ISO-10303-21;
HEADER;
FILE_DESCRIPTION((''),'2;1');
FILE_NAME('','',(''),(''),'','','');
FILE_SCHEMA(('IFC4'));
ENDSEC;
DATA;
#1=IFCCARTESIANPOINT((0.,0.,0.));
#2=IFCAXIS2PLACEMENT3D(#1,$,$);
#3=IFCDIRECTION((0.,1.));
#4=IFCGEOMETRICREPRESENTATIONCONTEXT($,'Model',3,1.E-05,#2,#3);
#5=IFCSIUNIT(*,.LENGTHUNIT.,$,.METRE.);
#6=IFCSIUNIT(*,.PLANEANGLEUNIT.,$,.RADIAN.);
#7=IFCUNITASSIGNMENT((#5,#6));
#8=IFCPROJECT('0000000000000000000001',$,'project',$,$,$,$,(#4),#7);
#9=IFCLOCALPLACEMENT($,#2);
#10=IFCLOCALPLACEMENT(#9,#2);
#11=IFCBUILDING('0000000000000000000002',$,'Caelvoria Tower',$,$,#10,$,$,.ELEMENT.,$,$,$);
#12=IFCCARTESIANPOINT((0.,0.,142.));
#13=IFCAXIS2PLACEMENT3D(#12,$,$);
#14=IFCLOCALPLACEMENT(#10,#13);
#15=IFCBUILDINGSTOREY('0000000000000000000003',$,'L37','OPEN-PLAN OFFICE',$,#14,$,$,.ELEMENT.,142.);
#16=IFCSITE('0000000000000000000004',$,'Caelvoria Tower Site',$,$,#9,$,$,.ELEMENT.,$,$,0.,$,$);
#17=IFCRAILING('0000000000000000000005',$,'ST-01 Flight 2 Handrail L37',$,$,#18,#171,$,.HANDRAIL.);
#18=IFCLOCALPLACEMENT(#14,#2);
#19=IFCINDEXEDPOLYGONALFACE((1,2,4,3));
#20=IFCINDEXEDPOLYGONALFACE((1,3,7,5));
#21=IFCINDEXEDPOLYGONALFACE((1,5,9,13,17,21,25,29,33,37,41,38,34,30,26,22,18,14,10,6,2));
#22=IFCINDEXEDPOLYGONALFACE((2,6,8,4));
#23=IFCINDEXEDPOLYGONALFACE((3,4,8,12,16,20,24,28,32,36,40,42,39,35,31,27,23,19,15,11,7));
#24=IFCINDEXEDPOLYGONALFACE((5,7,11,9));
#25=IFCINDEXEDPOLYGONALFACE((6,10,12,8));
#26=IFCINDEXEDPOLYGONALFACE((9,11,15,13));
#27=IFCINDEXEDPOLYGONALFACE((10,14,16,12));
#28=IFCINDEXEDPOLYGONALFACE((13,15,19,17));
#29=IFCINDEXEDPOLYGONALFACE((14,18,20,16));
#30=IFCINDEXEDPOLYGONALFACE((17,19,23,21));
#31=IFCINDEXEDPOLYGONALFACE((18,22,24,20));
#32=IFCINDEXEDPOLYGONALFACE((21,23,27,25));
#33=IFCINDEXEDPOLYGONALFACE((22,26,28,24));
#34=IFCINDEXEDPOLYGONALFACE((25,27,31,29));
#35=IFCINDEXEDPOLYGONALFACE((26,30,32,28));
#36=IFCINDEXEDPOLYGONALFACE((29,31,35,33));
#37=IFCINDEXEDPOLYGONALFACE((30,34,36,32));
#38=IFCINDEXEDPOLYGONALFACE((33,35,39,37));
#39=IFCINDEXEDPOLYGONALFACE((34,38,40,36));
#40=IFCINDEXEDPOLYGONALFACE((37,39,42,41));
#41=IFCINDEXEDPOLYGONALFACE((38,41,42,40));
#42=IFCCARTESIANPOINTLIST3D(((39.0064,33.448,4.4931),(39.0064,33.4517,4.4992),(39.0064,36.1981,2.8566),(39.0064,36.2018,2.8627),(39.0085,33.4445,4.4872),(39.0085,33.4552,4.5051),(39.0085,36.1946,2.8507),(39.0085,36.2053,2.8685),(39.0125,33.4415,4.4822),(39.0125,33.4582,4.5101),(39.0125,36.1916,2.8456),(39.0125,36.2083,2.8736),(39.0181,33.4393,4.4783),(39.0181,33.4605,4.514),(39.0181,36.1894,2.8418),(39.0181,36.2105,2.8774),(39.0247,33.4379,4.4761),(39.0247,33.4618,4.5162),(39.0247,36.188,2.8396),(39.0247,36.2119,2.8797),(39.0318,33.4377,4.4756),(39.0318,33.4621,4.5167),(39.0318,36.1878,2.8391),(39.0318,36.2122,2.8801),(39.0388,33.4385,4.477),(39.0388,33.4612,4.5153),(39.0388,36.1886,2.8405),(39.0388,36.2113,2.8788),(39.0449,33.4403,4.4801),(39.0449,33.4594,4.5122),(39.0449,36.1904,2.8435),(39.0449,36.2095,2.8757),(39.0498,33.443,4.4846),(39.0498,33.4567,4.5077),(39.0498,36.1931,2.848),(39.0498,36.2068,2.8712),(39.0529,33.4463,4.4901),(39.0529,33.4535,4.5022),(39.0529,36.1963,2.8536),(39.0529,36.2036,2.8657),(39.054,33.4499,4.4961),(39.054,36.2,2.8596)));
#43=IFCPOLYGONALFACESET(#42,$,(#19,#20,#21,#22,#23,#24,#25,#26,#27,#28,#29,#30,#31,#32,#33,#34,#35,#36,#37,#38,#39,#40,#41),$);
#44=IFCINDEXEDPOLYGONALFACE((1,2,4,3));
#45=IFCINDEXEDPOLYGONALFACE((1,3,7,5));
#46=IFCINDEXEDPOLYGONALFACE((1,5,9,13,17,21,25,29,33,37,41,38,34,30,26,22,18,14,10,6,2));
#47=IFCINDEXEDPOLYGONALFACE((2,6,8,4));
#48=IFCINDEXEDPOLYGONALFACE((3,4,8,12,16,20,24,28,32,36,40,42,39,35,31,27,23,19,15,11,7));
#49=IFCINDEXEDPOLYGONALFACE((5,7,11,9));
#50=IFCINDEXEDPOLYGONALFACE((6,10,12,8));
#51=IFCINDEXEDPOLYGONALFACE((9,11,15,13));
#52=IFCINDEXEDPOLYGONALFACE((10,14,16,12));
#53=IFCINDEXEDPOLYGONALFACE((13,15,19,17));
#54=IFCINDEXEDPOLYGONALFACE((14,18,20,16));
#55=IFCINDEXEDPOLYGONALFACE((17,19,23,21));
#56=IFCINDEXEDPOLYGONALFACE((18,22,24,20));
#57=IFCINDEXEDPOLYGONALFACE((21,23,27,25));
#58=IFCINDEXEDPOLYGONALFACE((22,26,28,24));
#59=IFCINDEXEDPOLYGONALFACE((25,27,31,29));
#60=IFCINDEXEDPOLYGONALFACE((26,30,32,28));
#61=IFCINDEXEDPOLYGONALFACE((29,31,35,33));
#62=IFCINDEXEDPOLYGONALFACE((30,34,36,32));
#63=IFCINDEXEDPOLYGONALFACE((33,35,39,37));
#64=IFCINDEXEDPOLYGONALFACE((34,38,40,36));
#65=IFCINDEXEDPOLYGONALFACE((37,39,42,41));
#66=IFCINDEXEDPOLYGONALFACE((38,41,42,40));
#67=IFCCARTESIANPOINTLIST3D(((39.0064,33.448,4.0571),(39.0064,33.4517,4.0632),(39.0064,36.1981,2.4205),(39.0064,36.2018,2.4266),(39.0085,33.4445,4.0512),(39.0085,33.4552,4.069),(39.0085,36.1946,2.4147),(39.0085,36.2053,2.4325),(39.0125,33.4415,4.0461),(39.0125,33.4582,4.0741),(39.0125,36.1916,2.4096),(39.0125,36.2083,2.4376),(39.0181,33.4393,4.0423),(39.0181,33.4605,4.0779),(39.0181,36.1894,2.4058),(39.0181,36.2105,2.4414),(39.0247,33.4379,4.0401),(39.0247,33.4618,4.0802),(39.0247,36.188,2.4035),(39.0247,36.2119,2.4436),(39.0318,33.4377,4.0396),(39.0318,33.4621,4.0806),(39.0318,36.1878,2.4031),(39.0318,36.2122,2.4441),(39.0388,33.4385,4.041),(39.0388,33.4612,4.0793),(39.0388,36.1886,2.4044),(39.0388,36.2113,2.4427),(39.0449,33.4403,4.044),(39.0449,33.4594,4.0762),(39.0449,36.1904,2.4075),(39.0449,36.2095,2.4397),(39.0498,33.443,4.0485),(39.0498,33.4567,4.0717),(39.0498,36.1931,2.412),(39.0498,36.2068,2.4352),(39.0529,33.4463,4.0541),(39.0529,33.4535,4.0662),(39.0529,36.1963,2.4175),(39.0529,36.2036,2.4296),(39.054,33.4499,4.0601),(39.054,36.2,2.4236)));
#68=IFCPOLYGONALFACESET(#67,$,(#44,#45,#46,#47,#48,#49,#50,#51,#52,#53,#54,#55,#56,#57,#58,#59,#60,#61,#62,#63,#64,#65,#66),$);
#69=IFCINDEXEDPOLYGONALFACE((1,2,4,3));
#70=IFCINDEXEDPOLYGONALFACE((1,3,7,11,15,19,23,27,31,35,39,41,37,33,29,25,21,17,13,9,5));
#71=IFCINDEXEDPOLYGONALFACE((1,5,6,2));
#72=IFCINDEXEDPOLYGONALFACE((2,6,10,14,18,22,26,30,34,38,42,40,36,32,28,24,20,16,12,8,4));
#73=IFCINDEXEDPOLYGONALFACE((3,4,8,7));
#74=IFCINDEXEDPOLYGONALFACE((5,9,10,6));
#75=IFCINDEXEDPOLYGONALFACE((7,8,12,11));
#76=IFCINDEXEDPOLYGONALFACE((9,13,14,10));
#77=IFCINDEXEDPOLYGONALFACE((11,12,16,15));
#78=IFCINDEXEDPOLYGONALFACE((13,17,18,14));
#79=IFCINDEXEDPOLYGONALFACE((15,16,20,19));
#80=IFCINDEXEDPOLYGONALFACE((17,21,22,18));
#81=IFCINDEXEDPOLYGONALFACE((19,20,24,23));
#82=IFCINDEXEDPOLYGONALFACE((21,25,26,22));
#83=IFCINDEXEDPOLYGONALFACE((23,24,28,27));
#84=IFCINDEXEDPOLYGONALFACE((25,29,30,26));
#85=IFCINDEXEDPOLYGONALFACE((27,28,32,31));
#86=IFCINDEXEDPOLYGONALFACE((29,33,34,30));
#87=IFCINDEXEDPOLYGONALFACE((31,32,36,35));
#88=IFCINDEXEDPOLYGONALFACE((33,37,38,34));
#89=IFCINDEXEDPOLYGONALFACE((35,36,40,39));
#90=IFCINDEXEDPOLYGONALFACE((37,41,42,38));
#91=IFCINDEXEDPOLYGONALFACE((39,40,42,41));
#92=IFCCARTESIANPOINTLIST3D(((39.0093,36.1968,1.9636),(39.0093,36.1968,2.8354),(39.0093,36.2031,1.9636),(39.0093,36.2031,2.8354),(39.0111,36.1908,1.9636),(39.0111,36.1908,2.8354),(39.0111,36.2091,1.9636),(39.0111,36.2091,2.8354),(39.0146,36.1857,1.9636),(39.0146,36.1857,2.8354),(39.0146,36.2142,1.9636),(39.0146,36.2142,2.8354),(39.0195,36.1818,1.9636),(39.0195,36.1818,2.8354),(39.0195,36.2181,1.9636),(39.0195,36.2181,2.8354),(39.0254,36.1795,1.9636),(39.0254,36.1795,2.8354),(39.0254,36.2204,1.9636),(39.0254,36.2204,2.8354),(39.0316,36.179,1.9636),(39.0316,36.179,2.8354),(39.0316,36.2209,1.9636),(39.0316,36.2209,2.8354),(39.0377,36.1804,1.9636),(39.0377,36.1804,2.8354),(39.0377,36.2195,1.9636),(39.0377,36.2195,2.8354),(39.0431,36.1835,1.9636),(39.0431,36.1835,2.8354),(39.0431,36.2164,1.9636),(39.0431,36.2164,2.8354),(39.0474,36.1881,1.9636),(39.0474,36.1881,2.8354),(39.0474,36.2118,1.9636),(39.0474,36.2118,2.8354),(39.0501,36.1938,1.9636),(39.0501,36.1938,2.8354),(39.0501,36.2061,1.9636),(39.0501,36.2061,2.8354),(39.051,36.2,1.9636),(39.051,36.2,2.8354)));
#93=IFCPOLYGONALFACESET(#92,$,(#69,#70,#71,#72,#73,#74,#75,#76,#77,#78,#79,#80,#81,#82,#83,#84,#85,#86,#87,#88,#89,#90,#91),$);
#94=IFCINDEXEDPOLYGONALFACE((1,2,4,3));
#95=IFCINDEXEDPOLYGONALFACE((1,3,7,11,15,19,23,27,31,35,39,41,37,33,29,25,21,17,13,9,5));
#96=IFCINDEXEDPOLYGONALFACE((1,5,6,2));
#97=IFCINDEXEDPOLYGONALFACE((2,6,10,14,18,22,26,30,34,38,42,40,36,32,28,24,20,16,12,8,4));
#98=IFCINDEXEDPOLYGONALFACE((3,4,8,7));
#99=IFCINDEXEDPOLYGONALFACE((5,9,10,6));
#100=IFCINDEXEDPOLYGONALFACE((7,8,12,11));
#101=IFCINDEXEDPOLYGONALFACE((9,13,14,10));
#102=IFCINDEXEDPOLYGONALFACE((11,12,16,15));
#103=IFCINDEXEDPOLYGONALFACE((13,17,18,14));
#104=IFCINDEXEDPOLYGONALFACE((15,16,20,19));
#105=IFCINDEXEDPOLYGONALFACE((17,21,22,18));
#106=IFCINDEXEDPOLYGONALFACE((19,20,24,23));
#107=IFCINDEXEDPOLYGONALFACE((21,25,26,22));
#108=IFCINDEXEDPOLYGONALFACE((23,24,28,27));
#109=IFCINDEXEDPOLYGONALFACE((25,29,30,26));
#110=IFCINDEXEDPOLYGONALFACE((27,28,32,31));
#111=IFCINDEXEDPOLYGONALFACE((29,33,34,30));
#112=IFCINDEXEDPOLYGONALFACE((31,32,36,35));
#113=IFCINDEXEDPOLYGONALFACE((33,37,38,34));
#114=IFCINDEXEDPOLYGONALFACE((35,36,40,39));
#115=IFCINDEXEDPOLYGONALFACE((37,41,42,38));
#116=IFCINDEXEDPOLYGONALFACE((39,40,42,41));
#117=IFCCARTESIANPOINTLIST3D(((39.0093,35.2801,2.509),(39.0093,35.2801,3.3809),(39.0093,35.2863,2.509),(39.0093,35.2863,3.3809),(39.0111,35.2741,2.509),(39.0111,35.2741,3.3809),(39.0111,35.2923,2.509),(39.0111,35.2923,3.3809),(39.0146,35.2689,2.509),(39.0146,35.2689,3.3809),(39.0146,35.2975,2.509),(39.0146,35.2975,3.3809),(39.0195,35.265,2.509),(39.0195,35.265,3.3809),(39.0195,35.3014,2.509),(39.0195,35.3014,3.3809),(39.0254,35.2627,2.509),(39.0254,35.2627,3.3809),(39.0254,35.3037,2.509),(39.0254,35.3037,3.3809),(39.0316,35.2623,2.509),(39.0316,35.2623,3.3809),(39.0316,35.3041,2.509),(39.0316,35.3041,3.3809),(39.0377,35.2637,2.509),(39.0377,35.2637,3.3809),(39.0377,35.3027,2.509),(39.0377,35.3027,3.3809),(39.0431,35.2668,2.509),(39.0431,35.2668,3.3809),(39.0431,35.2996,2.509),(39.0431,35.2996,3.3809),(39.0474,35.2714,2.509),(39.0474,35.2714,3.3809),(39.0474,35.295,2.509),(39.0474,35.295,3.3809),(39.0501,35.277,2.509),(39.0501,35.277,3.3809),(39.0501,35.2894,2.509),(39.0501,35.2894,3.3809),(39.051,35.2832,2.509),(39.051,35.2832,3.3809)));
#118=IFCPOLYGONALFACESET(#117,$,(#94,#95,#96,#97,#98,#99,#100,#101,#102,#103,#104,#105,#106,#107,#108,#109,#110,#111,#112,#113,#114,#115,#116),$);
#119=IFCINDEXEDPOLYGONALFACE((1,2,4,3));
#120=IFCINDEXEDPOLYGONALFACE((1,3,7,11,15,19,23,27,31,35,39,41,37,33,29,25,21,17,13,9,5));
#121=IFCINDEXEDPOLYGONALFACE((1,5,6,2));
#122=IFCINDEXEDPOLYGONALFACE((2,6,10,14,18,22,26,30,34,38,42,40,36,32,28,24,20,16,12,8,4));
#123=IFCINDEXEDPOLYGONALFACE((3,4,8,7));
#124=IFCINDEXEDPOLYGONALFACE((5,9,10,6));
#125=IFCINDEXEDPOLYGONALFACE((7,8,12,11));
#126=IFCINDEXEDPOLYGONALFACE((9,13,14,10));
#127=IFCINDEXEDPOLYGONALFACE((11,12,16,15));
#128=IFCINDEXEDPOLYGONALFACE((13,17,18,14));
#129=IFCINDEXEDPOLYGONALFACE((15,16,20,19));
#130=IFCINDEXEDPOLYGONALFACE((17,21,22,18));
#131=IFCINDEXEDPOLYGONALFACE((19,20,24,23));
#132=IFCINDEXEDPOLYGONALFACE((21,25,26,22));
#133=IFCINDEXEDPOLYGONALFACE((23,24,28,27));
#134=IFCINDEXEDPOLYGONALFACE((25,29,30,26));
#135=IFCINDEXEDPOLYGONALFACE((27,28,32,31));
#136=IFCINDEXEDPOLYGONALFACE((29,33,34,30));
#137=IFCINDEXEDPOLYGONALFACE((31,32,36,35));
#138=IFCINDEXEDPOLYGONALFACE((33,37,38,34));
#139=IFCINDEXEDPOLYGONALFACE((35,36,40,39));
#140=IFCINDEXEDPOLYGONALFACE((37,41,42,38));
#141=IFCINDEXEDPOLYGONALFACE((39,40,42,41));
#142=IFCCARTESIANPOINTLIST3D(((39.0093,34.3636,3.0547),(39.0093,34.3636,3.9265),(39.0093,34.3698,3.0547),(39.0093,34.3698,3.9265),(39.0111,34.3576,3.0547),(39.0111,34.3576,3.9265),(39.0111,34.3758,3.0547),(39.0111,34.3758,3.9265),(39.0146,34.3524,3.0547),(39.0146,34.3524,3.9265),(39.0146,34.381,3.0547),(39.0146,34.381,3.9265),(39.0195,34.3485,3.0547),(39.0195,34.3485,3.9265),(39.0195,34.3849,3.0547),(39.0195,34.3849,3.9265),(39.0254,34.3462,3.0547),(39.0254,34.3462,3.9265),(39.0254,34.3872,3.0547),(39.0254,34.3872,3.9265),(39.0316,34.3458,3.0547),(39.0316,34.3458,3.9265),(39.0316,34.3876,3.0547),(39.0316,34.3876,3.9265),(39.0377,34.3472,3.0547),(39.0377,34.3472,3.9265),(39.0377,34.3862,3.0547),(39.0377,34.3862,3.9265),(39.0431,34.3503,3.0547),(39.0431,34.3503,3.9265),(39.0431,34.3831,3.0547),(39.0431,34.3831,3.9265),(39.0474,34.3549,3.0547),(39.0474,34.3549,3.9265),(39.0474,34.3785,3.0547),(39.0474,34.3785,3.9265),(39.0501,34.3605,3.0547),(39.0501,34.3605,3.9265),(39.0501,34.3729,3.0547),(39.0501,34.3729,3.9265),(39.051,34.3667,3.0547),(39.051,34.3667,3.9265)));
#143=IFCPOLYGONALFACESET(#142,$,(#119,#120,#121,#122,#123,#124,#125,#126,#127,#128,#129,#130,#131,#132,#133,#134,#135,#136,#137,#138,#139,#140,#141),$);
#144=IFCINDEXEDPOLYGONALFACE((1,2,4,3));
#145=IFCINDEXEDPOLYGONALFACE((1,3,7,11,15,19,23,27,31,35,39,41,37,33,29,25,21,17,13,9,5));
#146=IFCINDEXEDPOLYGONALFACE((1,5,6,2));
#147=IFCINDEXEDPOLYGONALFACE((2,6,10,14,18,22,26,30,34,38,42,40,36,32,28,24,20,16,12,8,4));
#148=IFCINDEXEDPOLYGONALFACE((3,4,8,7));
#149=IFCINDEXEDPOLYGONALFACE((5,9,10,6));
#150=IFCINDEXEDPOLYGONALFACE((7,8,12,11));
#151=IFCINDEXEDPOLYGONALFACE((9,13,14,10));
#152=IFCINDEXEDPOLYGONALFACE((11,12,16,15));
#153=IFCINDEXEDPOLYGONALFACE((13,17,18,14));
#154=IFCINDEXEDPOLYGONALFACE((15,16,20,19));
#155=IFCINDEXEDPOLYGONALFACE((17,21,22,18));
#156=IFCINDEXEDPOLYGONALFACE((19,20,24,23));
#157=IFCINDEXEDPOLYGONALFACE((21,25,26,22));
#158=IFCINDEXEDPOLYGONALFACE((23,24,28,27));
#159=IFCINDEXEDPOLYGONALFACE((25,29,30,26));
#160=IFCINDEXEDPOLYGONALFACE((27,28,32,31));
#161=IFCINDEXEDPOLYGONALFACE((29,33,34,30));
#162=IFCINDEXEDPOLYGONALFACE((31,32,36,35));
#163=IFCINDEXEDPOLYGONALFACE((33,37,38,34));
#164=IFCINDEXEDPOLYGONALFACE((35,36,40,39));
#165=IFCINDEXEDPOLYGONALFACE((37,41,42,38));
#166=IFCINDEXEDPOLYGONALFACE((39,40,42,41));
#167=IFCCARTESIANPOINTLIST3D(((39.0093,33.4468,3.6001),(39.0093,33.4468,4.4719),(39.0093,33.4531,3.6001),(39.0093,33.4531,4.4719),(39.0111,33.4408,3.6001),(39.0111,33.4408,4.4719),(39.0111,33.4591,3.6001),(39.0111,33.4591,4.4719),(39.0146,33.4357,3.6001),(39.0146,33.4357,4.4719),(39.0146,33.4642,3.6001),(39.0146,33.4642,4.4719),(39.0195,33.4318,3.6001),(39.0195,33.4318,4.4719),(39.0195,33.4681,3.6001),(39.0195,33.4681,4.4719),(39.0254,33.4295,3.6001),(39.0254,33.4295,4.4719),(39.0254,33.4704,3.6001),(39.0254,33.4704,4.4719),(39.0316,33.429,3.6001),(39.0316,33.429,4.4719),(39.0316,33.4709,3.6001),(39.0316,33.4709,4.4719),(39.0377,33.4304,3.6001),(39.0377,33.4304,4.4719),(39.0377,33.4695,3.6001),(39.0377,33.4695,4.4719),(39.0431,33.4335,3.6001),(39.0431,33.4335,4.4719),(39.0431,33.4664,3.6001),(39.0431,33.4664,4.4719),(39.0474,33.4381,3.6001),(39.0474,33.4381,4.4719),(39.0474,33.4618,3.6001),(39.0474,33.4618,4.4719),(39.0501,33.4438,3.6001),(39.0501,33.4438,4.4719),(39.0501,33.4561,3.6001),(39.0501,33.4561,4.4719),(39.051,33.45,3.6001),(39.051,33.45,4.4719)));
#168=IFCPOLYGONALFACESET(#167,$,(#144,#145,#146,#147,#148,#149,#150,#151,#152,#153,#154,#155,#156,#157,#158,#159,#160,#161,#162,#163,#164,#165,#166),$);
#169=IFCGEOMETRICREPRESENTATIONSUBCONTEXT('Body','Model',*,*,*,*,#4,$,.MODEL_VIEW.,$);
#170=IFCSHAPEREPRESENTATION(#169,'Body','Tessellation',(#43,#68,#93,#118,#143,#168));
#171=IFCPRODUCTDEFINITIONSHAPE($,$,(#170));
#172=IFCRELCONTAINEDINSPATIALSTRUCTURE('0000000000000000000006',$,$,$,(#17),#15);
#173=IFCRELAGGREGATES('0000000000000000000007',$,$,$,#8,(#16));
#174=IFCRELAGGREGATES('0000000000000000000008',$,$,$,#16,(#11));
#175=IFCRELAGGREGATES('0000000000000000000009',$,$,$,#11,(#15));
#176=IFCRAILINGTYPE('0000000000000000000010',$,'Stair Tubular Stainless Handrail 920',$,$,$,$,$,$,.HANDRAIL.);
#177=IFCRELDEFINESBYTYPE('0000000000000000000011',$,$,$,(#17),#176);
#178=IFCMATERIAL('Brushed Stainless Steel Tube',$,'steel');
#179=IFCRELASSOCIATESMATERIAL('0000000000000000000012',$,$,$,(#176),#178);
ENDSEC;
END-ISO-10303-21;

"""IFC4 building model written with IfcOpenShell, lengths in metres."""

from ifc_helpers import new_model, si_unit, direction, frame, origin, origin_2d, place, context, subcontext, project, spatial, circle, extrude, material, type_object, element, save


model = new_model("IFC4")

# Units and contexts
model_context = context("Model", 3, precision=1e-05, world=origin(), true_north=direction((0.0, 1.0)))
body_context = subcontext(model_context, "Body", "Model", "MODEL_VIEW")
ifc_project = project(units=[si_unit("LENGTHUNIT", "METRE"), si_unit("PLANEANGLEUNIT", "RADIAN")], contexts=[model_context])

# Site, building, storey
site_placement = place(None, origin())
site = spatial("IfcSite", under=ifc_project, at=site_placement, Name="Caelvoria Tower Site", CompositionType="ELEMENT", RefElevation=0.0)
building_placement = place(site_placement, origin())
building = spatial("IfcBuilding", under=site, at=building_placement, Name="Caelvoria Tower", CompositionType="ELEMENT")
storey_placement = place(building_placement, frame((0.0, 0.0, 142.0)))
storey = spatial("IfcBuildingStorey", under=building, at=storey_placement, Name="L37", Description="OPEN-PLAN OFFICE", CompositionType="ELEMENT", Elevation=142.0)

# Railing
ifc_material_1 = material(Name="Brushed Stainless Steel Tube", Category="steel")
railing_type_1 = type_object("IfcRailingType", Name="Stair Tubular Stainless Handrail 920", PredefinedType="HANDRAIL", material=ifc_material_1)
railing_1_placement = place(storey_placement, frame((39.03, 36.2, 1.9636)))
element("IfcRailing", 1, at=railing_1_placement, inside=storey, type_object=railing_type_1, Name="ST-01 Flight 2 Handrail L37", PredefinedType="HANDRAIL", context=body_context, shape_type="SweptSolid", body=[
    extrude(circle(Radius=0.0239, at=origin_2d()), frame((0.0, 0.0, 0.896), z_axis=(0.0, -0.859352, 0.511385), x_axis=(1.0, 0.0, 0.0)), (0.0, 0.0, 1.0), 3.2002),
    extrude(circle(Radius=0.0239, at=origin_2d()), frame((0.0, 0.0, 0.46), z_axis=(0.0, -0.859352, 0.511385), x_axis=(1.0, 0.0, 0.0)), (0.0, 0.0, 1.0), 3.2002),
    extrude(circle(Radius=0.021, at=origin_2d()), origin(), (0.0, 0.0, 1.0), 0.8718),
    extrude(circle(Radius=0.021, at=origin_2d()), frame((0.0, -0.9167, 0.5454)), (0.0, 0.0, 1.0), 0.8718),
    extrude(circle(Radius=0.021, at=origin_2d()), frame((0.0, -1.8333, 1.0911)), (0.0, 0.0, 1.0), 0.8718),
    extrude(circle(Radius=0.021, at=origin_2d()), frame((0.0, -2.75, 1.6365)), (0.0, 0.0, 1.0), 0.8718),
])

save(model, "model.ifc")
